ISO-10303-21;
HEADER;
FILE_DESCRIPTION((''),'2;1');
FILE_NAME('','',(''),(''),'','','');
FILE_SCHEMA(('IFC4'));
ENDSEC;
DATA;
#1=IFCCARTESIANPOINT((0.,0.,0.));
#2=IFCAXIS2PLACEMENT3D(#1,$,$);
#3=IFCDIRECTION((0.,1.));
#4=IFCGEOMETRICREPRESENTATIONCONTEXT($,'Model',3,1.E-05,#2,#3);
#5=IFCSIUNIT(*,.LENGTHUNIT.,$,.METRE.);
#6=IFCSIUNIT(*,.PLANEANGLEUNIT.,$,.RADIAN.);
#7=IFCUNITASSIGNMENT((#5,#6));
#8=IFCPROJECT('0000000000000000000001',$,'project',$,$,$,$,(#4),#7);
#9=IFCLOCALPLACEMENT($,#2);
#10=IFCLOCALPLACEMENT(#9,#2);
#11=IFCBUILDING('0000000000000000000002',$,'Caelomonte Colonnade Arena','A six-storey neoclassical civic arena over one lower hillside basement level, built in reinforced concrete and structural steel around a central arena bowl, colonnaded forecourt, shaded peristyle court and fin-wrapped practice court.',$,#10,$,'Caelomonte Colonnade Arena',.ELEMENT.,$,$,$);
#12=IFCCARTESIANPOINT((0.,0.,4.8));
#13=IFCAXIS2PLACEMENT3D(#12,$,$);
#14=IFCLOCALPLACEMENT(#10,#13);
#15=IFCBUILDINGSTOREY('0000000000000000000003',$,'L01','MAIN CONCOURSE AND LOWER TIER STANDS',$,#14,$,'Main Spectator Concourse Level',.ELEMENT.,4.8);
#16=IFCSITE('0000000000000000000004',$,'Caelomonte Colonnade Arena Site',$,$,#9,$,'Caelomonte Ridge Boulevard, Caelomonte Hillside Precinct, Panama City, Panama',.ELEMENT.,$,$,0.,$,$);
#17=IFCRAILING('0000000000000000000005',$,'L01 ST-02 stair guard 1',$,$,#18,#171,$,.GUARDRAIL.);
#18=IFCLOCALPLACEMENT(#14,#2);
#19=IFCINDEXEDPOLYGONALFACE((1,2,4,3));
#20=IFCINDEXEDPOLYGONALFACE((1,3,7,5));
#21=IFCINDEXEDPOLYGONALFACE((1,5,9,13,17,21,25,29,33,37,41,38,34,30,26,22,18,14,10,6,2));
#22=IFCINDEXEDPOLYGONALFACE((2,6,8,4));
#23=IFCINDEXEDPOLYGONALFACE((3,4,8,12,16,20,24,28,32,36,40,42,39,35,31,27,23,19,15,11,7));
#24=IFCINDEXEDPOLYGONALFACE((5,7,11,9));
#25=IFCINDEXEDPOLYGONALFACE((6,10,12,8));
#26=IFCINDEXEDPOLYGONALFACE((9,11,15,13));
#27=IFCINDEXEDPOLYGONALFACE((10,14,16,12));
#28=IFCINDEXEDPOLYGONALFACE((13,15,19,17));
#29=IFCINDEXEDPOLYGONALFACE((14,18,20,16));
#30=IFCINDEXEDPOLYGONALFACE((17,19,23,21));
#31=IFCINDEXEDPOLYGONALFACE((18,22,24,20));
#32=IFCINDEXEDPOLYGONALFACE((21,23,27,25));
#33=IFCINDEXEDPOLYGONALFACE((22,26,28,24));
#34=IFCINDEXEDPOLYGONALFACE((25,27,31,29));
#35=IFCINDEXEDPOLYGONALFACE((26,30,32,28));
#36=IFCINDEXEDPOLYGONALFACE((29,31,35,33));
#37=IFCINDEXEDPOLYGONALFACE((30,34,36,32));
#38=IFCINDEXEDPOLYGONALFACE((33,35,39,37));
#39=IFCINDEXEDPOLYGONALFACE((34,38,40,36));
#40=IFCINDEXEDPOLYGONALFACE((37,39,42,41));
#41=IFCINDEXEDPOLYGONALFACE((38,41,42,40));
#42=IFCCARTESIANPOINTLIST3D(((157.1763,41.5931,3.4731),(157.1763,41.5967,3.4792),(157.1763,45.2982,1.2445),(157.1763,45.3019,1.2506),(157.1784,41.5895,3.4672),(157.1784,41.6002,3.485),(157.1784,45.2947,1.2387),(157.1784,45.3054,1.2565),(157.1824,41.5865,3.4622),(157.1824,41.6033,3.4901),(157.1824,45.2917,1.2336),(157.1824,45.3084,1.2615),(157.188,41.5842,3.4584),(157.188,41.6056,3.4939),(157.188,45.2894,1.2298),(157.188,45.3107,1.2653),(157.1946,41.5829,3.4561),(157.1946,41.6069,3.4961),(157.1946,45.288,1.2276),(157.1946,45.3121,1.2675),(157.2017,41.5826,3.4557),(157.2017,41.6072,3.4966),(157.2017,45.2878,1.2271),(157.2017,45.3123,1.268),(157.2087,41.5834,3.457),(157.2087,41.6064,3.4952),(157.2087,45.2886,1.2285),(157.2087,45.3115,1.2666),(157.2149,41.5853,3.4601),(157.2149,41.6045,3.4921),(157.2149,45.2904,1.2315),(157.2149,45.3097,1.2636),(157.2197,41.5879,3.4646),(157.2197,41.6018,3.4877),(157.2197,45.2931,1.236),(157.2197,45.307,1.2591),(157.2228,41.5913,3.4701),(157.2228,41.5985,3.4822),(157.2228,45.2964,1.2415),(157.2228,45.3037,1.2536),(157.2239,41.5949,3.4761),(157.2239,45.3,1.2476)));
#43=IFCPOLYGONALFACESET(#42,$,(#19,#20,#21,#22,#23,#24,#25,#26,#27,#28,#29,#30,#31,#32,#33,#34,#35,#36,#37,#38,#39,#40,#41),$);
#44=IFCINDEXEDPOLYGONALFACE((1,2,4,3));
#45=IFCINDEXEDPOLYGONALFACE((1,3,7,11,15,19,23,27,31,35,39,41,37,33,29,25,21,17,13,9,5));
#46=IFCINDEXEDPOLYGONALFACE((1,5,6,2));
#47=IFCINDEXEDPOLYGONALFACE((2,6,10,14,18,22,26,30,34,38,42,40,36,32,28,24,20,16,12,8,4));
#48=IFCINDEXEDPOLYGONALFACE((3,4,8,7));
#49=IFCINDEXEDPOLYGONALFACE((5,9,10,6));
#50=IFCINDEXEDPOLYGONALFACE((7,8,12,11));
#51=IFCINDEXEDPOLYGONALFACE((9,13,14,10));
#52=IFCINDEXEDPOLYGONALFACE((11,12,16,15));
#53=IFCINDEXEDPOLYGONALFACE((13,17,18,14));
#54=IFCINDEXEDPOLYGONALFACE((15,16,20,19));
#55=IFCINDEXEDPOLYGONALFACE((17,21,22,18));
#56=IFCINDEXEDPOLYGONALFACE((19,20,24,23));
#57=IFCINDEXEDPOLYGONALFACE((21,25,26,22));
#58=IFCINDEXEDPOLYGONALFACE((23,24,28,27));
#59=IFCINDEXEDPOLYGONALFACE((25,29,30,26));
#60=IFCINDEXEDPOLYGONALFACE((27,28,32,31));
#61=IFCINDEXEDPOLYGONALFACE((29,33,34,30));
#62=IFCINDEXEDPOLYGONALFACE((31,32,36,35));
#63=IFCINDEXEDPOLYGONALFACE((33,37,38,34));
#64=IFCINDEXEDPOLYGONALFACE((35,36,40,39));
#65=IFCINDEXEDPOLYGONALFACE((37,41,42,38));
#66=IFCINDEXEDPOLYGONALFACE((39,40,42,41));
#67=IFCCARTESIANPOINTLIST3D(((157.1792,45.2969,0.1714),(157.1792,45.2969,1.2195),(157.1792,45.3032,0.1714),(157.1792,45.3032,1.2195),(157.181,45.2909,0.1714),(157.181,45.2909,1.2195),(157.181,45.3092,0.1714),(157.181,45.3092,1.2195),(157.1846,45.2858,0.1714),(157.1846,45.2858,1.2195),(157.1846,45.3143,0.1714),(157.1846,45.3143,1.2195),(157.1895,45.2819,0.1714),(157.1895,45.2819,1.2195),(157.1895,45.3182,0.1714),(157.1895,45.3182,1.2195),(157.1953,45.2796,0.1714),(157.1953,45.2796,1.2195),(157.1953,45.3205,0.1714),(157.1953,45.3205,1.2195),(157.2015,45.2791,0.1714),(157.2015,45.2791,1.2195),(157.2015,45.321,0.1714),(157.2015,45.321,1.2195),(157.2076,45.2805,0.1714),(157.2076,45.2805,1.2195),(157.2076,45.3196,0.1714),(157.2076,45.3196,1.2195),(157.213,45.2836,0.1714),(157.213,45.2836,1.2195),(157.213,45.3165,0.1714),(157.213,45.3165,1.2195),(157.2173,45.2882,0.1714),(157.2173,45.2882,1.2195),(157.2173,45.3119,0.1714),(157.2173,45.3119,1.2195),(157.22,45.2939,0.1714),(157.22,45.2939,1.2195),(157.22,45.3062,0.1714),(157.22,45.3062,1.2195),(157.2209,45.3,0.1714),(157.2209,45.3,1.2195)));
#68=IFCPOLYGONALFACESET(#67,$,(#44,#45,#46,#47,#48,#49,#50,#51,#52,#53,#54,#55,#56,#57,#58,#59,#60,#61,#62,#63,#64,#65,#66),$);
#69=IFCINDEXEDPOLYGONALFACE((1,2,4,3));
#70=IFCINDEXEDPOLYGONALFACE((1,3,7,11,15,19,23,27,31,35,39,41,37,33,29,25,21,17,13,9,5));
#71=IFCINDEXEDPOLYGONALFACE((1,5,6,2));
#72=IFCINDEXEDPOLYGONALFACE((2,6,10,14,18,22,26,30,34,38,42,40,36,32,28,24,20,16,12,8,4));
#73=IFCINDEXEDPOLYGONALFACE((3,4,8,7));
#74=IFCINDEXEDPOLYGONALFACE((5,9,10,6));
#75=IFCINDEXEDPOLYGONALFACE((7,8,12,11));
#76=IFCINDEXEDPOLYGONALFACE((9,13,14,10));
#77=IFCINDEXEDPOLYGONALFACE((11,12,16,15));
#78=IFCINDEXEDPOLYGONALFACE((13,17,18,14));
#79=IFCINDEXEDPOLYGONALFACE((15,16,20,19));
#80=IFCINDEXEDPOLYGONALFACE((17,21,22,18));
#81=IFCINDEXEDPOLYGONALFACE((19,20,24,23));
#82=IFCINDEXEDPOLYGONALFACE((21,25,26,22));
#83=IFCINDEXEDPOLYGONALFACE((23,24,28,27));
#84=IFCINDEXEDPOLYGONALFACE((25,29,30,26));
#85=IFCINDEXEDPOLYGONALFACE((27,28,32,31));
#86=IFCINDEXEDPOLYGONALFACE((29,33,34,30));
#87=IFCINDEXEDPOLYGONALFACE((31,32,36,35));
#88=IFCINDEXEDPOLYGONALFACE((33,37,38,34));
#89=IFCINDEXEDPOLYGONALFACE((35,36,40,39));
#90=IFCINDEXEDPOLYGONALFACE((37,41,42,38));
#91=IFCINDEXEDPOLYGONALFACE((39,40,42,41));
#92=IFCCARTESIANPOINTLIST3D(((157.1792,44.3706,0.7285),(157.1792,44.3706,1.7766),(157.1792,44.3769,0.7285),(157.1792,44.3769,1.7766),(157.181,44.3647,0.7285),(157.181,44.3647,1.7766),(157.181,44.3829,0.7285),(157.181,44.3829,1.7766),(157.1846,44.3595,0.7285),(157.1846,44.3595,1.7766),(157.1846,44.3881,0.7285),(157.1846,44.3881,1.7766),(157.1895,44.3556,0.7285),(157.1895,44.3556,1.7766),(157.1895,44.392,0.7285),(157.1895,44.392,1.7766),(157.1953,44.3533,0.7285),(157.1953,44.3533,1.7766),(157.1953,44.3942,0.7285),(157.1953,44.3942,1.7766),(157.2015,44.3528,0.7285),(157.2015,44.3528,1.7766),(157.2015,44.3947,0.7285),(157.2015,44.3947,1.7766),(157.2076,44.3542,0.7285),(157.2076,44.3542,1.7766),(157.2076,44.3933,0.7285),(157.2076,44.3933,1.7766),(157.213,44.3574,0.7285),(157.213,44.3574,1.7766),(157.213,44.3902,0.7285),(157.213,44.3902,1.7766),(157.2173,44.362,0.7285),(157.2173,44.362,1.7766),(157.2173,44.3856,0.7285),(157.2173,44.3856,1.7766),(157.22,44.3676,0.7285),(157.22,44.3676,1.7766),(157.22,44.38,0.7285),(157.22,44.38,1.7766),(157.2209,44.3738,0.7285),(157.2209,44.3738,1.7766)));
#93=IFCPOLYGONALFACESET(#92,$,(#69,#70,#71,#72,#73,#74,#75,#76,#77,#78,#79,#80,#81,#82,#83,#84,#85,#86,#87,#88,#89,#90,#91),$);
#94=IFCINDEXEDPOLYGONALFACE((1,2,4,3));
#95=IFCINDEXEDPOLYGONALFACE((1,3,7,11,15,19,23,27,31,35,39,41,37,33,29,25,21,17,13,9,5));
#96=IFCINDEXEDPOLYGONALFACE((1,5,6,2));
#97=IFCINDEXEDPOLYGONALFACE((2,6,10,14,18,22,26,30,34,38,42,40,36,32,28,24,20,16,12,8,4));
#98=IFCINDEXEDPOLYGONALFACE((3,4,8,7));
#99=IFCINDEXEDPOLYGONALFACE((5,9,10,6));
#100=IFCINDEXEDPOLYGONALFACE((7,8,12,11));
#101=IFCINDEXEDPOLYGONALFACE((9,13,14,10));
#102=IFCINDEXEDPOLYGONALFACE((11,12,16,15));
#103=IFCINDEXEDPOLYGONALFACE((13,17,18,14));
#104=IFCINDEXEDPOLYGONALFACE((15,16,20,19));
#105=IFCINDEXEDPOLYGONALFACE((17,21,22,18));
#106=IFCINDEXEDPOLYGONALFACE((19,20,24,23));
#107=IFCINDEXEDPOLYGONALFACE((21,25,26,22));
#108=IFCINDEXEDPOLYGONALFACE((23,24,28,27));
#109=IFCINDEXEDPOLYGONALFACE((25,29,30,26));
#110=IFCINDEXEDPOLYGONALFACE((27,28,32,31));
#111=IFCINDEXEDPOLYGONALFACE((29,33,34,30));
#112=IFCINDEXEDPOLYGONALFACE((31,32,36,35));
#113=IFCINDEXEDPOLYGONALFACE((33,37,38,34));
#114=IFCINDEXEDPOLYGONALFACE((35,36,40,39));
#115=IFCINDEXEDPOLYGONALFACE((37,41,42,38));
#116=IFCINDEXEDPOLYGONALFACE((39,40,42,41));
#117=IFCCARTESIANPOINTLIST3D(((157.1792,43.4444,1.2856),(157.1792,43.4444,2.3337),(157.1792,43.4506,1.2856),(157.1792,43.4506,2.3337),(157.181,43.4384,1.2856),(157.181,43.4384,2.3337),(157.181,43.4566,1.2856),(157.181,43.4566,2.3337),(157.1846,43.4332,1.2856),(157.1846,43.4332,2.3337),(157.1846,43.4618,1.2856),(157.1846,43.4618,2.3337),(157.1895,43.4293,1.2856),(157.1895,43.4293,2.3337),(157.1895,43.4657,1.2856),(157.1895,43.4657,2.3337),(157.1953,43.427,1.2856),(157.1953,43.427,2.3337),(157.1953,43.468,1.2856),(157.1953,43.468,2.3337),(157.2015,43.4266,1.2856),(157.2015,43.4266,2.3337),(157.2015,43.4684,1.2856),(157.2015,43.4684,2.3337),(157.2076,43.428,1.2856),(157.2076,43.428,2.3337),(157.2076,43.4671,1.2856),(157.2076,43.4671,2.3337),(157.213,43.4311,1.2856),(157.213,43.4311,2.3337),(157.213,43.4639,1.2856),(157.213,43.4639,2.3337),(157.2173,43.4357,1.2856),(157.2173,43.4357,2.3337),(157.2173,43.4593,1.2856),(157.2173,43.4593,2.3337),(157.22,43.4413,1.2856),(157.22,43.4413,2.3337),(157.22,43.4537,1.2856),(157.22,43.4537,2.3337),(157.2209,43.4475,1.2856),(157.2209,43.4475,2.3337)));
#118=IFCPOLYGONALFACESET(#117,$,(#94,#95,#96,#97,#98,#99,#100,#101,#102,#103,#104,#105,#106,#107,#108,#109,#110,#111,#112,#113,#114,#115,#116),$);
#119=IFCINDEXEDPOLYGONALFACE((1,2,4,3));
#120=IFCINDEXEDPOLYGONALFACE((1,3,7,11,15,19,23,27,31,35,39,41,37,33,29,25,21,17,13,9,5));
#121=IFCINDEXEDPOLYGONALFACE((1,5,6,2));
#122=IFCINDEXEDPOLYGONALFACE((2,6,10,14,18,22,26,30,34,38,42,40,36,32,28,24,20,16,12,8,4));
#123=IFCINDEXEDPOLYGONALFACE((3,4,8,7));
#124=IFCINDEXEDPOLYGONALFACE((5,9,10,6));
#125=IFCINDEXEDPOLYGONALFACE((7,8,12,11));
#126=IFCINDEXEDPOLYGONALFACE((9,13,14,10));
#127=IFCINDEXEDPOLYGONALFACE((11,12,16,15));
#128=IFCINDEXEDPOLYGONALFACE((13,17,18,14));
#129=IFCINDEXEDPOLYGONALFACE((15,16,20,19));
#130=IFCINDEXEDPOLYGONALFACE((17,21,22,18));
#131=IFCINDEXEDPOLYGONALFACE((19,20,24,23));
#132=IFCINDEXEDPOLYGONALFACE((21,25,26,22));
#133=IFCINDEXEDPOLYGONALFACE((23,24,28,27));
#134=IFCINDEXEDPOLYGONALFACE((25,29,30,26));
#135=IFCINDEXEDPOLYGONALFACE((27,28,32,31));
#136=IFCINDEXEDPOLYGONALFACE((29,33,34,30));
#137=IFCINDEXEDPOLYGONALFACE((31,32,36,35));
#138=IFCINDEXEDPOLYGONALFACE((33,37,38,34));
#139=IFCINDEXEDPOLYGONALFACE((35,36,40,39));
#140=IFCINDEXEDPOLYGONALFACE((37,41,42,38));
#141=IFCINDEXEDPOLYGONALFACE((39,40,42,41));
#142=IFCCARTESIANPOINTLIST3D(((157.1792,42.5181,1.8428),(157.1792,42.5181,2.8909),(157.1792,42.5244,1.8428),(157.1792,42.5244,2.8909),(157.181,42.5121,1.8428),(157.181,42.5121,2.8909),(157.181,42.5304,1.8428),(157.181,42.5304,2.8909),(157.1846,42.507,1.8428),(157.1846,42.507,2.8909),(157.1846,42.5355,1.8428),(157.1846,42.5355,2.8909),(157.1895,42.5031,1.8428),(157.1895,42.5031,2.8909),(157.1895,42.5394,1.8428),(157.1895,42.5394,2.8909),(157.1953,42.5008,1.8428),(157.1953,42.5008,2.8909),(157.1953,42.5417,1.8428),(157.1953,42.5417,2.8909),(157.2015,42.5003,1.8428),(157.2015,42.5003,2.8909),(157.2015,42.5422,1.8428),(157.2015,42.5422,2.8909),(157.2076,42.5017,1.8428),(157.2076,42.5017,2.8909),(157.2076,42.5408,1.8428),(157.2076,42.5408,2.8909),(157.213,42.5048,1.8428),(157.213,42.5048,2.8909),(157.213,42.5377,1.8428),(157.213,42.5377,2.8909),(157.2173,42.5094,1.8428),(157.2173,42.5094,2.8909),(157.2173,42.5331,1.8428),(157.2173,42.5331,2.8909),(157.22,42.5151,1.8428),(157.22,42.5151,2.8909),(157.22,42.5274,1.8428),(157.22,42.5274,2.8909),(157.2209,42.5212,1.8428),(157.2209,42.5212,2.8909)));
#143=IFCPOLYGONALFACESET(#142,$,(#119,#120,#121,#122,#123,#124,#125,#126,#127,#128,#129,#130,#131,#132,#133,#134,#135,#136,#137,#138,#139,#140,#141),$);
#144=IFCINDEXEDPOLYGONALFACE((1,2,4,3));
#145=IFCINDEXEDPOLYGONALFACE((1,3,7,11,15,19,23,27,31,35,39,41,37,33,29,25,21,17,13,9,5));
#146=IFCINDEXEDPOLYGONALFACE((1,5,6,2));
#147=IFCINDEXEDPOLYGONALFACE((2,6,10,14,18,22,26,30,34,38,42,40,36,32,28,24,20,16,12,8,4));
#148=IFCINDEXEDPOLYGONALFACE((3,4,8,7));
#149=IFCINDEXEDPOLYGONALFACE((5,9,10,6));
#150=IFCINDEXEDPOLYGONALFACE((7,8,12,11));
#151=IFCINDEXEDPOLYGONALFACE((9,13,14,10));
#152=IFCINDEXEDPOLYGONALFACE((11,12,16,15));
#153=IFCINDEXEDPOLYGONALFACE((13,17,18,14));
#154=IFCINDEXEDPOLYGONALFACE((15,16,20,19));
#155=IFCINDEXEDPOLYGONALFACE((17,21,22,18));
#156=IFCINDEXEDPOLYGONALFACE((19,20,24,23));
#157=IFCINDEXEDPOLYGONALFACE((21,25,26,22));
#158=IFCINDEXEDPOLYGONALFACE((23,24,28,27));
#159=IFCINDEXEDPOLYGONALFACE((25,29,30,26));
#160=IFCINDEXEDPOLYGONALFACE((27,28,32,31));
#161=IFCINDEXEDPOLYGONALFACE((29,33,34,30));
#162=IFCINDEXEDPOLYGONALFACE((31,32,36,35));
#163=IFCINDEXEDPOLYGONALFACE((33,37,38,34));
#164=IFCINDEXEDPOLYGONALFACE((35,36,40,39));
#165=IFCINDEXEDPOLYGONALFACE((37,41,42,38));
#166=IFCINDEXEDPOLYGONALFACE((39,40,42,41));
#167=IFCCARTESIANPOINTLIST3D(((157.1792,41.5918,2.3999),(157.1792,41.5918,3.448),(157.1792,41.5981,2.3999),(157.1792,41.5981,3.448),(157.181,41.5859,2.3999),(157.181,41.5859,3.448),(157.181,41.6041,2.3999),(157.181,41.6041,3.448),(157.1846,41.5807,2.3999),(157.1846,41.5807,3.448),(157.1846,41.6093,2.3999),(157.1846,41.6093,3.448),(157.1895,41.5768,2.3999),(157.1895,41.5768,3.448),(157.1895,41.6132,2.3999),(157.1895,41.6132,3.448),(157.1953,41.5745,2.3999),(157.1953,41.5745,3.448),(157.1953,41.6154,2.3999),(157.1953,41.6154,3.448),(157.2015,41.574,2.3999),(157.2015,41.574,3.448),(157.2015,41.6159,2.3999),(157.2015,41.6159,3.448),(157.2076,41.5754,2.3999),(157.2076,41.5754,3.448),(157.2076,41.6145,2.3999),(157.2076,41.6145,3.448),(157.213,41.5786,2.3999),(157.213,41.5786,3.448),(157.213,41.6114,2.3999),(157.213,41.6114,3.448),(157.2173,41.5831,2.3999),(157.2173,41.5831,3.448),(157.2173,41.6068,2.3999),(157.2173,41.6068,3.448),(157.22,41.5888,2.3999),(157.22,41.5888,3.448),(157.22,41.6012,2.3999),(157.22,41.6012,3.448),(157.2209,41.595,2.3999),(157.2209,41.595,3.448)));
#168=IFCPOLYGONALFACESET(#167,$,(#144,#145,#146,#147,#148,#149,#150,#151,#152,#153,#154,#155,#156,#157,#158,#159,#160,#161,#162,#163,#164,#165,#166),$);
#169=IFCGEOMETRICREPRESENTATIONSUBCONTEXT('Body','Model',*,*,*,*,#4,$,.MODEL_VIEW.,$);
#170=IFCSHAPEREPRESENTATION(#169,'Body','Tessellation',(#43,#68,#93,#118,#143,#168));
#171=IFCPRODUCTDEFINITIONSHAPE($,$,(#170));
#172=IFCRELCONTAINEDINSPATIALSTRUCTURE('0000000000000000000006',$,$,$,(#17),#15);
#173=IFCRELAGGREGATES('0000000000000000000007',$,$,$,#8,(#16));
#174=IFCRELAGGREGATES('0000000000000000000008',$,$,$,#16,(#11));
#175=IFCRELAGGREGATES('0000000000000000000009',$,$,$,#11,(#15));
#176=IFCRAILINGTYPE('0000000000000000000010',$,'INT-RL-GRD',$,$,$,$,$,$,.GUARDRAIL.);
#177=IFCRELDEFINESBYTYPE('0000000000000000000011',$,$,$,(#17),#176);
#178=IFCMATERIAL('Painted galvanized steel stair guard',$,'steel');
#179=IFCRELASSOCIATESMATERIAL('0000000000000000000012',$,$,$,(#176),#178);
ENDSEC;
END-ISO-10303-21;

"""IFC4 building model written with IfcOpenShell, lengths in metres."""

from ifc_helpers import new_model, si_unit, direction, frame, origin, origin_2d, place, context, subcontext, project, spatial, circle, extrude, material, type_object, element, save


model = new_model("IFC4")

# Units and contexts
model_context = context("Model", 3, precision=1e-05, world=origin(), true_north=direction((0.0, 1.0)))
body_context = subcontext(model_context, "Body", "Model", "MODEL_VIEW")
ifc_project = project(units=[si_unit("LENGTHUNIT", "METRE"), si_unit("PLANEANGLEUNIT", "RADIAN")], contexts=[model_context])

# Site, building, storey
site_placement = place(None, origin())
site = spatial("IfcSite", under=ifc_project, at=site_placement, Name="Caelomonte Colonnade Arena Site", LongName="Caelomonte Ridge Boulevard, Caelomonte Hillside Precinct, Panama City, Panama", CompositionType="ELEMENT", RefElevation=0.0)
building_placement = place(site_placement, origin())
building = spatial("IfcBuilding", under=site, at=building_placement, Name="Caelomonte Colonnade Arena", Description="A six-storey neoclassical civic arena over one lower hillside basement level, built in reinforced concrete and structural steel around a central arena bowl, colonnaded forecourt, shaded peristyle court and fin-wrapped practice court.", LongName="Caelomonte Colonnade Arena", CompositionType="ELEMENT")
storey_placement = place(building_placement, frame((0.0, 0.0, 4.8)))
storey = spatial("IfcBuildingStorey", under=building, at=storey_placement, Name="L01", Description="MAIN CONCOURSE AND LOWER TIER STANDS", LongName="Main Spectator Concourse Level", CompositionType="ELEMENT", Elevation=4.8)

# Railing
ifc_material_1 = material(Name="Painted galvanized steel stair guard", Category="steel")
railing_type_1 = type_object("IfcRailingType", Name="INT-RL-GRD", PredefinedType="GUARDRAIL", material=ifc_material_1)
railing_1_placement = place(storey_placement, frame((157.2, 45.3, 0.1714)))
element("IfcRailing", 1, at=railing_1_placement, inside=storey, type_object=railing_type_1, Name="L01 ST-02 stair guard 1", PredefinedType="GUARDRAIL", context=body_context, shape_type="SweptSolid", body=[
    extrude(circle(Radius=0.0239, at=origin_2d()), frame((0.0, 0.0, 1.0762), z_axis=(0.0, -0.856934, 0.515425), x_axis=(1.0, 0.0, 0.0)), (0.0, 0.0, 1.0), 4.3237),
    extrude(circle(Radius=0.021, at=origin_2d()), origin(), (0.0, 0.0, 1.0), 1.0481),
    extrude(circle(Radius=0.021, at=origin_2d()), frame((0.0, -0.9263, 0.5571)), (0.0, 0.0, 1.0), 1.0481),
    extrude(circle(Radius=0.021, at=origin_2d()), frame((0.0, -1.8525, 1.1143)), (0.0, 0.0, 1.0), 1.0481),
    extrude(circle(Radius=0.021, at=origin_2d()), frame((0.0, -2.7788, 1.6714)), (0.0, 0.0, 1.0), 1.0481),
    extrude(circle(Radius=0.021, at=origin_2d()), frame((0.0, -3.7051, 2.2285)), (0.0, 0.0, 1.0), 1.0481),
])

save(model, "model.ifc")
